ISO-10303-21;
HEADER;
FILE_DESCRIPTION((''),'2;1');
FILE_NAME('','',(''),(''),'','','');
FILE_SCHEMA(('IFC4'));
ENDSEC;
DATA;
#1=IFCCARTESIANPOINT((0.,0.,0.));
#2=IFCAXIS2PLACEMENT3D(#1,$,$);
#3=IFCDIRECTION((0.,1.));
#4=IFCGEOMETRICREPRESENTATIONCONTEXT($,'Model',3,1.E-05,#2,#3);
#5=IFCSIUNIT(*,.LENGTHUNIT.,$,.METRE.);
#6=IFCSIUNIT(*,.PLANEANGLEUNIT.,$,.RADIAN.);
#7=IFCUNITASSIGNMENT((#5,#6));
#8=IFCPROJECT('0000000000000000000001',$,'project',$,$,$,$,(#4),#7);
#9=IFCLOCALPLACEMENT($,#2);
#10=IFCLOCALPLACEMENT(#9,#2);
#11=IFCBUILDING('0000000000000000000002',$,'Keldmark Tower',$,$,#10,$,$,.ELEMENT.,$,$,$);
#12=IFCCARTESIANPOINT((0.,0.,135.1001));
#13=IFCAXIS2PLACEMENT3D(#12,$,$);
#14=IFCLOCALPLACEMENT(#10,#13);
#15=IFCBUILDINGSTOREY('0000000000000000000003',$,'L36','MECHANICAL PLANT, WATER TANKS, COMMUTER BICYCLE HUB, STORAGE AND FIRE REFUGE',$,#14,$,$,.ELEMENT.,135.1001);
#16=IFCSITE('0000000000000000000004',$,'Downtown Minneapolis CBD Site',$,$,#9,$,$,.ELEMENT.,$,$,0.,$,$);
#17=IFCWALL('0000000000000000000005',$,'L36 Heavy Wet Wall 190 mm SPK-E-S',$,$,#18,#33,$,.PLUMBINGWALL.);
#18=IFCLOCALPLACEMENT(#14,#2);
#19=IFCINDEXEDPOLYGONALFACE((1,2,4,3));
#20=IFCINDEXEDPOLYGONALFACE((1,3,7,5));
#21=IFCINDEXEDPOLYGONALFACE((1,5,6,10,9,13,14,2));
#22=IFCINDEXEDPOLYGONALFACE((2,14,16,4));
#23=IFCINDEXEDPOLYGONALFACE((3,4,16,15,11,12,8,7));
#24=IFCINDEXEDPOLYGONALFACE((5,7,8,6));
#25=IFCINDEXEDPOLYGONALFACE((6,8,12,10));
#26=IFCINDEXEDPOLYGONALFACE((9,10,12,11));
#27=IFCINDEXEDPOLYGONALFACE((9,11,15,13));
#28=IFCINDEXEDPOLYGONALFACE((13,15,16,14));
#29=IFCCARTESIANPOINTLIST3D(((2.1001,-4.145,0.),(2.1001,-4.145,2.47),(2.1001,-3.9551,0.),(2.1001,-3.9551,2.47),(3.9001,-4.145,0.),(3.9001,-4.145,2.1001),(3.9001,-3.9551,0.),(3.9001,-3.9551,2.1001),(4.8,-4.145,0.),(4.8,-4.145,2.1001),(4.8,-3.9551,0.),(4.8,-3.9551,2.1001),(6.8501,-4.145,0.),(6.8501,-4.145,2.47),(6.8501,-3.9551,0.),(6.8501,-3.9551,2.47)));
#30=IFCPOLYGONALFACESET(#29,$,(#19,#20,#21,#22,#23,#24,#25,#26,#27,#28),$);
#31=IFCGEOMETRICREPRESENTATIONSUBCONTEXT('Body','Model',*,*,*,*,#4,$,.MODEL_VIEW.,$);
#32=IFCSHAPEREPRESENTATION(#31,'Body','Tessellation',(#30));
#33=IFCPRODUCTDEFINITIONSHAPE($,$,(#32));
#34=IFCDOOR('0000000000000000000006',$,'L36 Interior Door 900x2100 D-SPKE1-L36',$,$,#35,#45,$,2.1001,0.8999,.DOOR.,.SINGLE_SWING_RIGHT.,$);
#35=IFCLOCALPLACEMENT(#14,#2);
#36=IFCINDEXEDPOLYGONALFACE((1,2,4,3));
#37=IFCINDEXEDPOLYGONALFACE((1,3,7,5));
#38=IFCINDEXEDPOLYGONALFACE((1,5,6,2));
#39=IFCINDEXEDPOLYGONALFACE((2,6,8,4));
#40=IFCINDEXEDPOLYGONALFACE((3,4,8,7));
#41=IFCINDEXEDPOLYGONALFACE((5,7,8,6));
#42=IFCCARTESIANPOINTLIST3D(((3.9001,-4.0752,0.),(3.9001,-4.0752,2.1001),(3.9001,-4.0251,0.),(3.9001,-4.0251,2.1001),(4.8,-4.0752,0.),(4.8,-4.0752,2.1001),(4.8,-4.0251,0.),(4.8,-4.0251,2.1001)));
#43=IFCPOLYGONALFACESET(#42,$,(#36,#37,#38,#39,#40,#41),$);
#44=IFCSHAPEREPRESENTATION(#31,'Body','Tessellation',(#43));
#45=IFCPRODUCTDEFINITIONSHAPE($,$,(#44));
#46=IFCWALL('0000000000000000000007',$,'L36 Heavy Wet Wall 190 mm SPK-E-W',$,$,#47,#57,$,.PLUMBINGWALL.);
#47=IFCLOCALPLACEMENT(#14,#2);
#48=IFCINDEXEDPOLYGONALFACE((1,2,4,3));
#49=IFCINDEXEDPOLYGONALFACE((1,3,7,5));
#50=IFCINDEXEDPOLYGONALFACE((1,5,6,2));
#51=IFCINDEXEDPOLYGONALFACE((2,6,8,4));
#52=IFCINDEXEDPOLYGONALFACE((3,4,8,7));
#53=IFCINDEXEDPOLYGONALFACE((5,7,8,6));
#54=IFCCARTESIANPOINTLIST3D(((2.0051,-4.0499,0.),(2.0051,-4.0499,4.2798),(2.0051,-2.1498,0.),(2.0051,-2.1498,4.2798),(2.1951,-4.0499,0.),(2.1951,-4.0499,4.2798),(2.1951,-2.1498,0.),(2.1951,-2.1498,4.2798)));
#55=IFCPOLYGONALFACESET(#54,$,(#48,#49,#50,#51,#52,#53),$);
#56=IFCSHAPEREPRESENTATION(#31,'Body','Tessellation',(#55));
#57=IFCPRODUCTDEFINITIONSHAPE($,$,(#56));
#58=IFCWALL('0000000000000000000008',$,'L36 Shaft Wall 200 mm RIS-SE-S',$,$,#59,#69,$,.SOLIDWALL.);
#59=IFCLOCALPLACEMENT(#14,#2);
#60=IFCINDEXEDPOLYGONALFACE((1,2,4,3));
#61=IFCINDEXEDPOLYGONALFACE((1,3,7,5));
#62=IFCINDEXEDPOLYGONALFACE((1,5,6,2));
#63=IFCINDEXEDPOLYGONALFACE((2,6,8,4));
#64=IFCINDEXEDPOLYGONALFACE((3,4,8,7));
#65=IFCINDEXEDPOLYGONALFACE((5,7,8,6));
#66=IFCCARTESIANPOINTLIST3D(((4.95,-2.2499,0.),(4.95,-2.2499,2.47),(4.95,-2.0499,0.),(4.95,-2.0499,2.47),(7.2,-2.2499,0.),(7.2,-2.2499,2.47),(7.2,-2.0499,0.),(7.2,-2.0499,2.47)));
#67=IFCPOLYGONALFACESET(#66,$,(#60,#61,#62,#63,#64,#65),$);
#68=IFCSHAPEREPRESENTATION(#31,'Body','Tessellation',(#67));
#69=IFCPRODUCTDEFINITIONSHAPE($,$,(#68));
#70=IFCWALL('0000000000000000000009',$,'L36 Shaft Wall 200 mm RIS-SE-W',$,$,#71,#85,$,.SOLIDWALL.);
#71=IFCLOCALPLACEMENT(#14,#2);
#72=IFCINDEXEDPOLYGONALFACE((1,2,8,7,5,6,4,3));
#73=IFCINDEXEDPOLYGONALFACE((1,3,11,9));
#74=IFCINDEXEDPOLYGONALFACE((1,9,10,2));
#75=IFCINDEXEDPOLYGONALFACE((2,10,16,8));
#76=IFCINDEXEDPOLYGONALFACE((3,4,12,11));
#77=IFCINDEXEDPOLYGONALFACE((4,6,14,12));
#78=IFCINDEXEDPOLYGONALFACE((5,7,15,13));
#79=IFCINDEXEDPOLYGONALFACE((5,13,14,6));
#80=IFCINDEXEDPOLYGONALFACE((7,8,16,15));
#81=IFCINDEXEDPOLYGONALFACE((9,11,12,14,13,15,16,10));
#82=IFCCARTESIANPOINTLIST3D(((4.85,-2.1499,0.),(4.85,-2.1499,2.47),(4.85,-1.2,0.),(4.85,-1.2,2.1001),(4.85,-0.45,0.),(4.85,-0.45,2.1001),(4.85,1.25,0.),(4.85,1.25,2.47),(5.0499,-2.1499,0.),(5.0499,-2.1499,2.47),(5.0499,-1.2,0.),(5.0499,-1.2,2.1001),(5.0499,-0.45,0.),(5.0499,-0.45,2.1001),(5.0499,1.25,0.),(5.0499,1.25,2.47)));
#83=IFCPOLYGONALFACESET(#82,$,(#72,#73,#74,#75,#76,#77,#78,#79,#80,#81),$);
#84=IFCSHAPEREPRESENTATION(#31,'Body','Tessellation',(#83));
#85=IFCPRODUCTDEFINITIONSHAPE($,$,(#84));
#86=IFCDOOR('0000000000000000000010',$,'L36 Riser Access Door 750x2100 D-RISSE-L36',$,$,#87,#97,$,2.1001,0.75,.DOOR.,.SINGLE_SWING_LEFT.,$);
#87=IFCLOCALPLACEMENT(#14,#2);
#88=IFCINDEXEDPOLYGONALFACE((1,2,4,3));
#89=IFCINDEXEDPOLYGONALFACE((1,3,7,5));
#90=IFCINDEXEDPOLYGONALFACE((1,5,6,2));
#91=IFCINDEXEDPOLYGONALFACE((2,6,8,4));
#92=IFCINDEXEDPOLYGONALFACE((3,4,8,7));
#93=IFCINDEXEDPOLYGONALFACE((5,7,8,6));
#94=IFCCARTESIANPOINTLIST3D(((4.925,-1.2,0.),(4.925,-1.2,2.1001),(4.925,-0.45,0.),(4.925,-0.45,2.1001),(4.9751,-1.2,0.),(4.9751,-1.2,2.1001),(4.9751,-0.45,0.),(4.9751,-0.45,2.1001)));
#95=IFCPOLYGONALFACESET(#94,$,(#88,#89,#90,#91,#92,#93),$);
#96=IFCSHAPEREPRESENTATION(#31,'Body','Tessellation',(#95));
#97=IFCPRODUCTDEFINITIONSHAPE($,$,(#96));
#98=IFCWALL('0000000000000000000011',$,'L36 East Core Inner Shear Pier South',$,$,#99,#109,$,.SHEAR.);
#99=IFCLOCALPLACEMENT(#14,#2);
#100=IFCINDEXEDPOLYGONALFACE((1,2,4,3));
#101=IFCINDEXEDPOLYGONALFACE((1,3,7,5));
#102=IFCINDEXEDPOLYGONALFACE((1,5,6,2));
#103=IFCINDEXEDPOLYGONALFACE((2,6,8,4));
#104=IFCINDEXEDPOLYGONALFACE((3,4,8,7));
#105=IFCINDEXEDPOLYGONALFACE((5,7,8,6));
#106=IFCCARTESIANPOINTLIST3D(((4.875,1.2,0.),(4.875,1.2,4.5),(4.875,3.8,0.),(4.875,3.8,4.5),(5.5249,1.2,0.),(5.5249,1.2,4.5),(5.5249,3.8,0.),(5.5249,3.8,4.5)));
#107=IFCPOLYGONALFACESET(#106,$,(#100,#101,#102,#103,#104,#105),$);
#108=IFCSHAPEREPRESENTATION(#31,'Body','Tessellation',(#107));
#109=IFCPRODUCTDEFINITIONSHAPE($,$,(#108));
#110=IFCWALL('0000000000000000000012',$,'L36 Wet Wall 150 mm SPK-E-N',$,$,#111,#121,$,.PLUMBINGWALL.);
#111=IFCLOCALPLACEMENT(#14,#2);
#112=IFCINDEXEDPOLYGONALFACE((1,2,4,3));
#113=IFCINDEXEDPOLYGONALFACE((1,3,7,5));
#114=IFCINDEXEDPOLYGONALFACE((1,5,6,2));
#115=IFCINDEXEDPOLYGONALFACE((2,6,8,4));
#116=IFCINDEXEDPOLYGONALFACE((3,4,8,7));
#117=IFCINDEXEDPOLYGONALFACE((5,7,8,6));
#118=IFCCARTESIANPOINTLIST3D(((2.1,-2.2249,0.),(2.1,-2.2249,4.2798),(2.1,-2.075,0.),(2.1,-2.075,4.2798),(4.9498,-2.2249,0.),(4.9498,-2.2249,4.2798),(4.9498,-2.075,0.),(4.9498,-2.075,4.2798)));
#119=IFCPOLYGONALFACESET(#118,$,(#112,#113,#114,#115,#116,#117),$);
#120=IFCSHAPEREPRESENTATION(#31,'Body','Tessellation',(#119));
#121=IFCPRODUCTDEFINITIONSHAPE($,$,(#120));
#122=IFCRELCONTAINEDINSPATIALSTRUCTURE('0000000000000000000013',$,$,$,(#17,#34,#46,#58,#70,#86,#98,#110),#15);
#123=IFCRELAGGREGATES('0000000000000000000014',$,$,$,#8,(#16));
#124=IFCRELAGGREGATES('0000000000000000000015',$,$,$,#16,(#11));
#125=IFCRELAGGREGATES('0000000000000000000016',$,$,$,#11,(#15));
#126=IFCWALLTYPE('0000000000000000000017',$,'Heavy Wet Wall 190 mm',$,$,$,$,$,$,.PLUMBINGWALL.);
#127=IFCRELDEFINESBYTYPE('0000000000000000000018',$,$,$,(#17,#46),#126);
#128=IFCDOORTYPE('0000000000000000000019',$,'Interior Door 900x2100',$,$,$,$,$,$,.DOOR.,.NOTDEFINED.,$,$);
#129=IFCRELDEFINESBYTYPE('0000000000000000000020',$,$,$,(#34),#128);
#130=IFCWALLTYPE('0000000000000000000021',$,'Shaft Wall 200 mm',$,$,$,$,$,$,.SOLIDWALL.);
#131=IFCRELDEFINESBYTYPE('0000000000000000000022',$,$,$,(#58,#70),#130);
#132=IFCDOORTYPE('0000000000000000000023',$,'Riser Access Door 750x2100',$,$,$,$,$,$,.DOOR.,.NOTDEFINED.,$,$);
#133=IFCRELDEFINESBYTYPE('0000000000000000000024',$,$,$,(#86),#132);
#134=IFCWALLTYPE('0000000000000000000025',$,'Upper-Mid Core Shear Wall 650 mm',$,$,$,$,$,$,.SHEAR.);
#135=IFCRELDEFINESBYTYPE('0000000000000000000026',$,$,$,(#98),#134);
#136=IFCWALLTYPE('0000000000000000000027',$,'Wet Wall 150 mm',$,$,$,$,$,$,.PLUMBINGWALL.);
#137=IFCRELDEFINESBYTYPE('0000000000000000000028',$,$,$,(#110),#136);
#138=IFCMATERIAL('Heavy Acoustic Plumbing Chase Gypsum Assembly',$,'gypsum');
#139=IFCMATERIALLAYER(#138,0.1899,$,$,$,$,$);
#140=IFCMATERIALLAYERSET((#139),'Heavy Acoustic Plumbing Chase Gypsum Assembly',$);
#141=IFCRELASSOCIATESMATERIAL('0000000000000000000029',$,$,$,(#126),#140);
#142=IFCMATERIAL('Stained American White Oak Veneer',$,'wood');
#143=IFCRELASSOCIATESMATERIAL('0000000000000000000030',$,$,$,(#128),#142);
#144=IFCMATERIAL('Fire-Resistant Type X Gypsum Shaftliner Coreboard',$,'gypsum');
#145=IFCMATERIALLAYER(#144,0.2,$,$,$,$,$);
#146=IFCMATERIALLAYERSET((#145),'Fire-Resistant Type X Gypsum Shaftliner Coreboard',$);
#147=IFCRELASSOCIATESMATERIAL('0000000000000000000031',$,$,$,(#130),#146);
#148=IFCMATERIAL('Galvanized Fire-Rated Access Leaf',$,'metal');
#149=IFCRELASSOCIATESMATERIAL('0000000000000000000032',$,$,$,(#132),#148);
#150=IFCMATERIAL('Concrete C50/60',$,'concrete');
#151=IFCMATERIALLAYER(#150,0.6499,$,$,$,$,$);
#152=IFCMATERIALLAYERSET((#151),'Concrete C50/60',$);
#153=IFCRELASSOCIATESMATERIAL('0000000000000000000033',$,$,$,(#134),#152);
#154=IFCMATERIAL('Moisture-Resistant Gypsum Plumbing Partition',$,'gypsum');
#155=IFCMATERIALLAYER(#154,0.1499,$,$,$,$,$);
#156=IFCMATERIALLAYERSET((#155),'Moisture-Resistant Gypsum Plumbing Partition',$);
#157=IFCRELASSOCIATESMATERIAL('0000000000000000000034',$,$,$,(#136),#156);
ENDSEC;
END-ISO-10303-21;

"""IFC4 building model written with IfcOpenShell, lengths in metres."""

from ifc_helpers import new_model, si_unit, direction, frame, frame_2d, origin, place, context, subcontext, project, spatial, rectangle, extrude, material, layer, layer_set, type_object, element, fill, save


model = new_model("IFC4")

# Units and contexts
model_context = context("Model", 3, precision=1e-05, world=origin(), true_north=direction((0.0, 1.0)))
body_context = subcontext(model_context, "Body", "Model", "MODEL_VIEW")
ifc_project = project(units=[si_unit("LENGTHUNIT", "METRE"), si_unit("PLANEANGLEUNIT", "RADIAN")], contexts=[model_context])

# Site, building, storey
site_placement = place(None, origin())
site = spatial("IfcSite", under=ifc_project, at=site_placement, Name="Downtown Minneapolis CBD Site", CompositionType="ELEMENT", RefElevation=0.0)
building_placement = place(site_placement, origin())
building = spatial("IfcBuilding", under=site, at=building_placement, Name="Keldmark Tower", CompositionType="ELEMENT")
storey_placement = place(building_placement, frame((0.0, 0.0, 135.1001)))
storey = spatial("IfcBuildingStorey", under=building, at=storey_placement, Name="L36", Description="MECHANICAL PLANT, WATER TANKS, COMMUTER BICYCLE HUB, STORAGE AND FIRE REFUGE", CompositionType="ELEMENT", Elevation=135.1001)

# Wall, opening, door
ifc_material_1 = material(Name="Heavy Acoustic Plumbing Chase Gypsum Assembly", Category="gypsum")
ifc_layer_1 = layer(ifc_material_1, 0.1899)
ifc_layer_set_1 = layer_set([ifc_layer_1], Name="Heavy Acoustic Plumbing Chase Gypsum Assembly")
wall_type_1 = type_object("IfcWallType", Name="Heavy Wet Wall 190 mm", PredefinedType="PLUMBINGWALL", material=ifc_layer_set_1)
wall_1_placement = place(storey_placement, frame((2.1001, -4.05, 0.0), z_axis=(0.0, 0.0, 1.0), x_axis=(1.0, 0.0, 0.0)))
wall_1 = element("IfcWall", 1, at=wall_1_placement, inside=storey, type_object=wall_type_1, Name="L36 Heavy Wet Wall 190 mm SPK-E-S", PredefinedType="PLUMBINGWALL", context=body_context, shape_type="SweptSolid", body=[
    extrude(rectangle(XDim=4.75, YDim=0.1899, at=frame_2d((2.375, 0.0))), origin(), (0.0, 0.0, 1.0), 2.47),
])
opening_1_placement = place(wall_1_placement, frame((1.8, 0.0, 0.0)))
opening_1 = element("IfcOpeningElement", 2, at=opening_1_placement, cuts=wall_1, PredefinedType="OPENING", context=body_context, shape_type="SweptSolid", body=[
    extrude(rectangle(XDim=0.8999, YDim=2.1001, at=frame_2d((0.45, 1.05))), frame((0.0, 0.105, 0.0), z_axis=(0.0, -1.0, 0.0), x_axis=(1.0, 0.0, 0.0)), (0.0, 0.0, 1.0), 0.21),
])
ifc_material_2 = material(Name="Stained American White Oak Veneer", Category="wood")
door_type_1 = type_object("IfcDoorType", Name="Interior Door 900x2100", OperationType="NOTDEFINED", PredefinedType="DOOR", material=ifc_material_2)
door_1_placement = place(opening_1_placement, origin())
door_1 = element("IfcDoor", 3, at=door_1_placement, inside=storey, type_object=door_type_1, Name="L36 Interior Door 900x2100 D-SPKE1-L36", OperationType="SINGLE_SWING_RIGHT", OverallHeight=2.1001, OverallWidth=0.8999, PredefinedType="DOOR", context=body_context, shape_type="SweptSolid", body=[
    extrude(rectangle(XDim=0.8999, YDim=2.1001, at=frame_2d((0.45, 1.05))), frame((0.0, 0.0249, 0.0), z_axis=(0.0, -1.0, 0.0), x_axis=(1.0, 0.0, 0.0)), (0.0, 0.0, 1.0), 0.05),
])
fill(opening_1, door_1)

# Walls
wall_2_placement = place(storey_placement, frame((2.1001, -4.05, 0.0), z_axis=(0.0, 0.0, 1.0), x_axis=(0.0, 1.0, 0.0)))
element("IfcWall", 4, at=wall_2_placement, inside=storey, type_object=wall_type_1, Name="L36 Heavy Wet Wall 190 mm SPK-E-W", PredefinedType="PLUMBINGWALL", context=body_context, shape_type="SweptSolid", body=[
    extrude(rectangle(XDim=1.9001, YDim=0.1899, at=frame_2d((0.9502, 0.0))), origin(), (0.0, 0.0, 1.0), 4.2798),
])
ifc_material_3 = material(Name="Fire-Resistant Type X Gypsum Shaftliner Coreboard", Category="gypsum")
ifc_layer_2 = layer(ifc_material_3, 0.2)
ifc_layer_set_2 = layer_set([ifc_layer_2], Name="Fire-Resistant Type X Gypsum Shaftliner Coreboard")
wall_type_2 = type_object("IfcWallType", Name="Shaft Wall 200 mm", PredefinedType="SOLIDWALL", material=ifc_layer_set_2)
wall_3_placement = place(storey_placement, frame((4.95, -2.1499, 0.0), z_axis=(0.0, 0.0, 1.0), x_axis=(1.0, 0.0, 0.0)))
element("IfcWall", 5, at=wall_3_placement, inside=storey, type_object=wall_type_2, Name="L36 Shaft Wall 200 mm RIS-SE-S", PredefinedType="SOLIDWALL", context=body_context, shape_type="SweptSolid", body=[
    extrude(rectangle(XDim=2.25, YDim=0.2, at=frame_2d((1.125, 0.0))), origin(), (0.0, 0.0, 1.0), 2.47),
])

# Wall, opening, door
wall_4_placement = place(storey_placement, frame((4.95, -2.1499, 0.0), z_axis=(0.0, 0.0, 1.0), x_axis=(0.0, 1.0, 0.0)))
wall_4 = element("IfcWall", 6, at=wall_4_placement, inside=storey, type_object=wall_type_2, Name="L36 Shaft Wall 200 mm RIS-SE-W", PredefinedType="SOLIDWALL", context=body_context, shape_type="SweptSolid", body=[
    extrude(rectangle(XDim=3.3999, YDim=0.2, at=frame_2d((1.7, 0.0))), origin(), (0.0, 0.0, 1.0), 2.47),
])
opening_2_placement = place(wall_4_placement, frame((0.95, 0.0, 0.0)))
opening_2 = element("IfcOpeningElement", 7, at=opening_2_placement, cuts=wall_4, PredefinedType="OPENING", context=body_context, shape_type="SweptSolid", body=[
    extrude(rectangle(XDim=0.75, YDim=2.1001, at=frame_2d((0.375, 1.05))), frame((0.0, 0.1099, 0.0), z_axis=(0.0, -1.0, 0.0), x_axis=(1.0, 0.0, 0.0)), (0.0, 0.0, 1.0), 0.22),
])
ifc_material_4 = material(Name="Galvanized Fire-Rated Access Leaf", Category="metal")
door_type_2 = type_object("IfcDoorType", Name="Riser Access Door 750x2100", OperationType="NOTDEFINED", PredefinedType="DOOR", material=ifc_material_4)
door_2_placement = place(opening_2_placement, origin())
door_2 = element("IfcDoor", 8, at=door_2_placement, inside=storey, type_object=door_type_2, Name="L36 Riser Access Door 750x2100 D-RISSE-L36", OperationType="SINGLE_SWING_LEFT", OverallHeight=2.1001, OverallWidth=0.75, PredefinedType="DOOR", context=body_context, shape_type="SweptSolid", body=[
    extrude(rectangle(XDim=0.75, YDim=2.1001, at=frame_2d((0.375, 1.05))), frame((0.0, 0.0249, 0.0), z_axis=(0.0, -1.0, 0.0), x_axis=(1.0, 0.0, 0.0)), (0.0, 0.0, 1.0), 0.05),
])
fill(opening_2, door_2)

# Walls
ifc_material_5 = material(Name="Concrete C50/60", Category="concrete")
ifc_layer_3 = layer(ifc_material_5, 0.6499)
ifc_layer_set_3 = layer_set([ifc_layer_3], Name="Concrete C50/60")
wall_type_3 = type_object("IfcWallType", Name="Upper-Mid Core Shear Wall 650 mm", PredefinedType="SHEAR", material=ifc_layer_set_3)
wall_5_placement = place(storey_placement, frame((5.2, 1.2, 0.0), z_axis=(0.0, 0.0, 1.0), x_axis=(0.0, 1.0, 0.0)))
element("IfcWall", 9, at=wall_5_placement, inside=storey, type_object=wall_type_3, Name="L36 East Core Inner Shear Pier South", PredefinedType="SHEAR", context=body_context, shape_type="SweptSolid", body=[
    extrude(rectangle(XDim=2.6001, YDim=0.6499, at=frame_2d((1.3, 0.0))), origin(), (0.0, 0.0, 1.0), 4.5),
])
ifc_material_6 = material(Name="Moisture-Resistant Gypsum Plumbing Partition", Category="gypsum")
ifc_layer_4 = layer(ifc_material_6, 0.1499)
ifc_layer_set_4 = layer_set([ifc_layer_4], Name="Moisture-Resistant Gypsum Plumbing Partition")
wall_type_4 = type_object("IfcWallType", Name="Wet Wall 150 mm", PredefinedType="PLUMBINGWALL", material=ifc_layer_set_4)
wall_6_placement = place(storey_placement, frame((2.1001, -2.1499, 0.0), z_axis=(0.0, 0.0, 1.0), x_axis=(1.0, 0.0, 0.0)))
element("IfcWall", 10, at=wall_6_placement, inside=storey, type_object=wall_type_4, Name="L36 Wet Wall 150 mm SPK-E-N", PredefinedType="PLUMBINGWALL", context=body_context, shape_type="SweptSolid", body=[
    extrude(rectangle(XDim=2.8499, YDim=0.1499, at=frame_2d((1.4248, 0.0))), origin(), (0.0, 0.0, 1.0), 4.2798),
])

save(model, "model.ifc")
